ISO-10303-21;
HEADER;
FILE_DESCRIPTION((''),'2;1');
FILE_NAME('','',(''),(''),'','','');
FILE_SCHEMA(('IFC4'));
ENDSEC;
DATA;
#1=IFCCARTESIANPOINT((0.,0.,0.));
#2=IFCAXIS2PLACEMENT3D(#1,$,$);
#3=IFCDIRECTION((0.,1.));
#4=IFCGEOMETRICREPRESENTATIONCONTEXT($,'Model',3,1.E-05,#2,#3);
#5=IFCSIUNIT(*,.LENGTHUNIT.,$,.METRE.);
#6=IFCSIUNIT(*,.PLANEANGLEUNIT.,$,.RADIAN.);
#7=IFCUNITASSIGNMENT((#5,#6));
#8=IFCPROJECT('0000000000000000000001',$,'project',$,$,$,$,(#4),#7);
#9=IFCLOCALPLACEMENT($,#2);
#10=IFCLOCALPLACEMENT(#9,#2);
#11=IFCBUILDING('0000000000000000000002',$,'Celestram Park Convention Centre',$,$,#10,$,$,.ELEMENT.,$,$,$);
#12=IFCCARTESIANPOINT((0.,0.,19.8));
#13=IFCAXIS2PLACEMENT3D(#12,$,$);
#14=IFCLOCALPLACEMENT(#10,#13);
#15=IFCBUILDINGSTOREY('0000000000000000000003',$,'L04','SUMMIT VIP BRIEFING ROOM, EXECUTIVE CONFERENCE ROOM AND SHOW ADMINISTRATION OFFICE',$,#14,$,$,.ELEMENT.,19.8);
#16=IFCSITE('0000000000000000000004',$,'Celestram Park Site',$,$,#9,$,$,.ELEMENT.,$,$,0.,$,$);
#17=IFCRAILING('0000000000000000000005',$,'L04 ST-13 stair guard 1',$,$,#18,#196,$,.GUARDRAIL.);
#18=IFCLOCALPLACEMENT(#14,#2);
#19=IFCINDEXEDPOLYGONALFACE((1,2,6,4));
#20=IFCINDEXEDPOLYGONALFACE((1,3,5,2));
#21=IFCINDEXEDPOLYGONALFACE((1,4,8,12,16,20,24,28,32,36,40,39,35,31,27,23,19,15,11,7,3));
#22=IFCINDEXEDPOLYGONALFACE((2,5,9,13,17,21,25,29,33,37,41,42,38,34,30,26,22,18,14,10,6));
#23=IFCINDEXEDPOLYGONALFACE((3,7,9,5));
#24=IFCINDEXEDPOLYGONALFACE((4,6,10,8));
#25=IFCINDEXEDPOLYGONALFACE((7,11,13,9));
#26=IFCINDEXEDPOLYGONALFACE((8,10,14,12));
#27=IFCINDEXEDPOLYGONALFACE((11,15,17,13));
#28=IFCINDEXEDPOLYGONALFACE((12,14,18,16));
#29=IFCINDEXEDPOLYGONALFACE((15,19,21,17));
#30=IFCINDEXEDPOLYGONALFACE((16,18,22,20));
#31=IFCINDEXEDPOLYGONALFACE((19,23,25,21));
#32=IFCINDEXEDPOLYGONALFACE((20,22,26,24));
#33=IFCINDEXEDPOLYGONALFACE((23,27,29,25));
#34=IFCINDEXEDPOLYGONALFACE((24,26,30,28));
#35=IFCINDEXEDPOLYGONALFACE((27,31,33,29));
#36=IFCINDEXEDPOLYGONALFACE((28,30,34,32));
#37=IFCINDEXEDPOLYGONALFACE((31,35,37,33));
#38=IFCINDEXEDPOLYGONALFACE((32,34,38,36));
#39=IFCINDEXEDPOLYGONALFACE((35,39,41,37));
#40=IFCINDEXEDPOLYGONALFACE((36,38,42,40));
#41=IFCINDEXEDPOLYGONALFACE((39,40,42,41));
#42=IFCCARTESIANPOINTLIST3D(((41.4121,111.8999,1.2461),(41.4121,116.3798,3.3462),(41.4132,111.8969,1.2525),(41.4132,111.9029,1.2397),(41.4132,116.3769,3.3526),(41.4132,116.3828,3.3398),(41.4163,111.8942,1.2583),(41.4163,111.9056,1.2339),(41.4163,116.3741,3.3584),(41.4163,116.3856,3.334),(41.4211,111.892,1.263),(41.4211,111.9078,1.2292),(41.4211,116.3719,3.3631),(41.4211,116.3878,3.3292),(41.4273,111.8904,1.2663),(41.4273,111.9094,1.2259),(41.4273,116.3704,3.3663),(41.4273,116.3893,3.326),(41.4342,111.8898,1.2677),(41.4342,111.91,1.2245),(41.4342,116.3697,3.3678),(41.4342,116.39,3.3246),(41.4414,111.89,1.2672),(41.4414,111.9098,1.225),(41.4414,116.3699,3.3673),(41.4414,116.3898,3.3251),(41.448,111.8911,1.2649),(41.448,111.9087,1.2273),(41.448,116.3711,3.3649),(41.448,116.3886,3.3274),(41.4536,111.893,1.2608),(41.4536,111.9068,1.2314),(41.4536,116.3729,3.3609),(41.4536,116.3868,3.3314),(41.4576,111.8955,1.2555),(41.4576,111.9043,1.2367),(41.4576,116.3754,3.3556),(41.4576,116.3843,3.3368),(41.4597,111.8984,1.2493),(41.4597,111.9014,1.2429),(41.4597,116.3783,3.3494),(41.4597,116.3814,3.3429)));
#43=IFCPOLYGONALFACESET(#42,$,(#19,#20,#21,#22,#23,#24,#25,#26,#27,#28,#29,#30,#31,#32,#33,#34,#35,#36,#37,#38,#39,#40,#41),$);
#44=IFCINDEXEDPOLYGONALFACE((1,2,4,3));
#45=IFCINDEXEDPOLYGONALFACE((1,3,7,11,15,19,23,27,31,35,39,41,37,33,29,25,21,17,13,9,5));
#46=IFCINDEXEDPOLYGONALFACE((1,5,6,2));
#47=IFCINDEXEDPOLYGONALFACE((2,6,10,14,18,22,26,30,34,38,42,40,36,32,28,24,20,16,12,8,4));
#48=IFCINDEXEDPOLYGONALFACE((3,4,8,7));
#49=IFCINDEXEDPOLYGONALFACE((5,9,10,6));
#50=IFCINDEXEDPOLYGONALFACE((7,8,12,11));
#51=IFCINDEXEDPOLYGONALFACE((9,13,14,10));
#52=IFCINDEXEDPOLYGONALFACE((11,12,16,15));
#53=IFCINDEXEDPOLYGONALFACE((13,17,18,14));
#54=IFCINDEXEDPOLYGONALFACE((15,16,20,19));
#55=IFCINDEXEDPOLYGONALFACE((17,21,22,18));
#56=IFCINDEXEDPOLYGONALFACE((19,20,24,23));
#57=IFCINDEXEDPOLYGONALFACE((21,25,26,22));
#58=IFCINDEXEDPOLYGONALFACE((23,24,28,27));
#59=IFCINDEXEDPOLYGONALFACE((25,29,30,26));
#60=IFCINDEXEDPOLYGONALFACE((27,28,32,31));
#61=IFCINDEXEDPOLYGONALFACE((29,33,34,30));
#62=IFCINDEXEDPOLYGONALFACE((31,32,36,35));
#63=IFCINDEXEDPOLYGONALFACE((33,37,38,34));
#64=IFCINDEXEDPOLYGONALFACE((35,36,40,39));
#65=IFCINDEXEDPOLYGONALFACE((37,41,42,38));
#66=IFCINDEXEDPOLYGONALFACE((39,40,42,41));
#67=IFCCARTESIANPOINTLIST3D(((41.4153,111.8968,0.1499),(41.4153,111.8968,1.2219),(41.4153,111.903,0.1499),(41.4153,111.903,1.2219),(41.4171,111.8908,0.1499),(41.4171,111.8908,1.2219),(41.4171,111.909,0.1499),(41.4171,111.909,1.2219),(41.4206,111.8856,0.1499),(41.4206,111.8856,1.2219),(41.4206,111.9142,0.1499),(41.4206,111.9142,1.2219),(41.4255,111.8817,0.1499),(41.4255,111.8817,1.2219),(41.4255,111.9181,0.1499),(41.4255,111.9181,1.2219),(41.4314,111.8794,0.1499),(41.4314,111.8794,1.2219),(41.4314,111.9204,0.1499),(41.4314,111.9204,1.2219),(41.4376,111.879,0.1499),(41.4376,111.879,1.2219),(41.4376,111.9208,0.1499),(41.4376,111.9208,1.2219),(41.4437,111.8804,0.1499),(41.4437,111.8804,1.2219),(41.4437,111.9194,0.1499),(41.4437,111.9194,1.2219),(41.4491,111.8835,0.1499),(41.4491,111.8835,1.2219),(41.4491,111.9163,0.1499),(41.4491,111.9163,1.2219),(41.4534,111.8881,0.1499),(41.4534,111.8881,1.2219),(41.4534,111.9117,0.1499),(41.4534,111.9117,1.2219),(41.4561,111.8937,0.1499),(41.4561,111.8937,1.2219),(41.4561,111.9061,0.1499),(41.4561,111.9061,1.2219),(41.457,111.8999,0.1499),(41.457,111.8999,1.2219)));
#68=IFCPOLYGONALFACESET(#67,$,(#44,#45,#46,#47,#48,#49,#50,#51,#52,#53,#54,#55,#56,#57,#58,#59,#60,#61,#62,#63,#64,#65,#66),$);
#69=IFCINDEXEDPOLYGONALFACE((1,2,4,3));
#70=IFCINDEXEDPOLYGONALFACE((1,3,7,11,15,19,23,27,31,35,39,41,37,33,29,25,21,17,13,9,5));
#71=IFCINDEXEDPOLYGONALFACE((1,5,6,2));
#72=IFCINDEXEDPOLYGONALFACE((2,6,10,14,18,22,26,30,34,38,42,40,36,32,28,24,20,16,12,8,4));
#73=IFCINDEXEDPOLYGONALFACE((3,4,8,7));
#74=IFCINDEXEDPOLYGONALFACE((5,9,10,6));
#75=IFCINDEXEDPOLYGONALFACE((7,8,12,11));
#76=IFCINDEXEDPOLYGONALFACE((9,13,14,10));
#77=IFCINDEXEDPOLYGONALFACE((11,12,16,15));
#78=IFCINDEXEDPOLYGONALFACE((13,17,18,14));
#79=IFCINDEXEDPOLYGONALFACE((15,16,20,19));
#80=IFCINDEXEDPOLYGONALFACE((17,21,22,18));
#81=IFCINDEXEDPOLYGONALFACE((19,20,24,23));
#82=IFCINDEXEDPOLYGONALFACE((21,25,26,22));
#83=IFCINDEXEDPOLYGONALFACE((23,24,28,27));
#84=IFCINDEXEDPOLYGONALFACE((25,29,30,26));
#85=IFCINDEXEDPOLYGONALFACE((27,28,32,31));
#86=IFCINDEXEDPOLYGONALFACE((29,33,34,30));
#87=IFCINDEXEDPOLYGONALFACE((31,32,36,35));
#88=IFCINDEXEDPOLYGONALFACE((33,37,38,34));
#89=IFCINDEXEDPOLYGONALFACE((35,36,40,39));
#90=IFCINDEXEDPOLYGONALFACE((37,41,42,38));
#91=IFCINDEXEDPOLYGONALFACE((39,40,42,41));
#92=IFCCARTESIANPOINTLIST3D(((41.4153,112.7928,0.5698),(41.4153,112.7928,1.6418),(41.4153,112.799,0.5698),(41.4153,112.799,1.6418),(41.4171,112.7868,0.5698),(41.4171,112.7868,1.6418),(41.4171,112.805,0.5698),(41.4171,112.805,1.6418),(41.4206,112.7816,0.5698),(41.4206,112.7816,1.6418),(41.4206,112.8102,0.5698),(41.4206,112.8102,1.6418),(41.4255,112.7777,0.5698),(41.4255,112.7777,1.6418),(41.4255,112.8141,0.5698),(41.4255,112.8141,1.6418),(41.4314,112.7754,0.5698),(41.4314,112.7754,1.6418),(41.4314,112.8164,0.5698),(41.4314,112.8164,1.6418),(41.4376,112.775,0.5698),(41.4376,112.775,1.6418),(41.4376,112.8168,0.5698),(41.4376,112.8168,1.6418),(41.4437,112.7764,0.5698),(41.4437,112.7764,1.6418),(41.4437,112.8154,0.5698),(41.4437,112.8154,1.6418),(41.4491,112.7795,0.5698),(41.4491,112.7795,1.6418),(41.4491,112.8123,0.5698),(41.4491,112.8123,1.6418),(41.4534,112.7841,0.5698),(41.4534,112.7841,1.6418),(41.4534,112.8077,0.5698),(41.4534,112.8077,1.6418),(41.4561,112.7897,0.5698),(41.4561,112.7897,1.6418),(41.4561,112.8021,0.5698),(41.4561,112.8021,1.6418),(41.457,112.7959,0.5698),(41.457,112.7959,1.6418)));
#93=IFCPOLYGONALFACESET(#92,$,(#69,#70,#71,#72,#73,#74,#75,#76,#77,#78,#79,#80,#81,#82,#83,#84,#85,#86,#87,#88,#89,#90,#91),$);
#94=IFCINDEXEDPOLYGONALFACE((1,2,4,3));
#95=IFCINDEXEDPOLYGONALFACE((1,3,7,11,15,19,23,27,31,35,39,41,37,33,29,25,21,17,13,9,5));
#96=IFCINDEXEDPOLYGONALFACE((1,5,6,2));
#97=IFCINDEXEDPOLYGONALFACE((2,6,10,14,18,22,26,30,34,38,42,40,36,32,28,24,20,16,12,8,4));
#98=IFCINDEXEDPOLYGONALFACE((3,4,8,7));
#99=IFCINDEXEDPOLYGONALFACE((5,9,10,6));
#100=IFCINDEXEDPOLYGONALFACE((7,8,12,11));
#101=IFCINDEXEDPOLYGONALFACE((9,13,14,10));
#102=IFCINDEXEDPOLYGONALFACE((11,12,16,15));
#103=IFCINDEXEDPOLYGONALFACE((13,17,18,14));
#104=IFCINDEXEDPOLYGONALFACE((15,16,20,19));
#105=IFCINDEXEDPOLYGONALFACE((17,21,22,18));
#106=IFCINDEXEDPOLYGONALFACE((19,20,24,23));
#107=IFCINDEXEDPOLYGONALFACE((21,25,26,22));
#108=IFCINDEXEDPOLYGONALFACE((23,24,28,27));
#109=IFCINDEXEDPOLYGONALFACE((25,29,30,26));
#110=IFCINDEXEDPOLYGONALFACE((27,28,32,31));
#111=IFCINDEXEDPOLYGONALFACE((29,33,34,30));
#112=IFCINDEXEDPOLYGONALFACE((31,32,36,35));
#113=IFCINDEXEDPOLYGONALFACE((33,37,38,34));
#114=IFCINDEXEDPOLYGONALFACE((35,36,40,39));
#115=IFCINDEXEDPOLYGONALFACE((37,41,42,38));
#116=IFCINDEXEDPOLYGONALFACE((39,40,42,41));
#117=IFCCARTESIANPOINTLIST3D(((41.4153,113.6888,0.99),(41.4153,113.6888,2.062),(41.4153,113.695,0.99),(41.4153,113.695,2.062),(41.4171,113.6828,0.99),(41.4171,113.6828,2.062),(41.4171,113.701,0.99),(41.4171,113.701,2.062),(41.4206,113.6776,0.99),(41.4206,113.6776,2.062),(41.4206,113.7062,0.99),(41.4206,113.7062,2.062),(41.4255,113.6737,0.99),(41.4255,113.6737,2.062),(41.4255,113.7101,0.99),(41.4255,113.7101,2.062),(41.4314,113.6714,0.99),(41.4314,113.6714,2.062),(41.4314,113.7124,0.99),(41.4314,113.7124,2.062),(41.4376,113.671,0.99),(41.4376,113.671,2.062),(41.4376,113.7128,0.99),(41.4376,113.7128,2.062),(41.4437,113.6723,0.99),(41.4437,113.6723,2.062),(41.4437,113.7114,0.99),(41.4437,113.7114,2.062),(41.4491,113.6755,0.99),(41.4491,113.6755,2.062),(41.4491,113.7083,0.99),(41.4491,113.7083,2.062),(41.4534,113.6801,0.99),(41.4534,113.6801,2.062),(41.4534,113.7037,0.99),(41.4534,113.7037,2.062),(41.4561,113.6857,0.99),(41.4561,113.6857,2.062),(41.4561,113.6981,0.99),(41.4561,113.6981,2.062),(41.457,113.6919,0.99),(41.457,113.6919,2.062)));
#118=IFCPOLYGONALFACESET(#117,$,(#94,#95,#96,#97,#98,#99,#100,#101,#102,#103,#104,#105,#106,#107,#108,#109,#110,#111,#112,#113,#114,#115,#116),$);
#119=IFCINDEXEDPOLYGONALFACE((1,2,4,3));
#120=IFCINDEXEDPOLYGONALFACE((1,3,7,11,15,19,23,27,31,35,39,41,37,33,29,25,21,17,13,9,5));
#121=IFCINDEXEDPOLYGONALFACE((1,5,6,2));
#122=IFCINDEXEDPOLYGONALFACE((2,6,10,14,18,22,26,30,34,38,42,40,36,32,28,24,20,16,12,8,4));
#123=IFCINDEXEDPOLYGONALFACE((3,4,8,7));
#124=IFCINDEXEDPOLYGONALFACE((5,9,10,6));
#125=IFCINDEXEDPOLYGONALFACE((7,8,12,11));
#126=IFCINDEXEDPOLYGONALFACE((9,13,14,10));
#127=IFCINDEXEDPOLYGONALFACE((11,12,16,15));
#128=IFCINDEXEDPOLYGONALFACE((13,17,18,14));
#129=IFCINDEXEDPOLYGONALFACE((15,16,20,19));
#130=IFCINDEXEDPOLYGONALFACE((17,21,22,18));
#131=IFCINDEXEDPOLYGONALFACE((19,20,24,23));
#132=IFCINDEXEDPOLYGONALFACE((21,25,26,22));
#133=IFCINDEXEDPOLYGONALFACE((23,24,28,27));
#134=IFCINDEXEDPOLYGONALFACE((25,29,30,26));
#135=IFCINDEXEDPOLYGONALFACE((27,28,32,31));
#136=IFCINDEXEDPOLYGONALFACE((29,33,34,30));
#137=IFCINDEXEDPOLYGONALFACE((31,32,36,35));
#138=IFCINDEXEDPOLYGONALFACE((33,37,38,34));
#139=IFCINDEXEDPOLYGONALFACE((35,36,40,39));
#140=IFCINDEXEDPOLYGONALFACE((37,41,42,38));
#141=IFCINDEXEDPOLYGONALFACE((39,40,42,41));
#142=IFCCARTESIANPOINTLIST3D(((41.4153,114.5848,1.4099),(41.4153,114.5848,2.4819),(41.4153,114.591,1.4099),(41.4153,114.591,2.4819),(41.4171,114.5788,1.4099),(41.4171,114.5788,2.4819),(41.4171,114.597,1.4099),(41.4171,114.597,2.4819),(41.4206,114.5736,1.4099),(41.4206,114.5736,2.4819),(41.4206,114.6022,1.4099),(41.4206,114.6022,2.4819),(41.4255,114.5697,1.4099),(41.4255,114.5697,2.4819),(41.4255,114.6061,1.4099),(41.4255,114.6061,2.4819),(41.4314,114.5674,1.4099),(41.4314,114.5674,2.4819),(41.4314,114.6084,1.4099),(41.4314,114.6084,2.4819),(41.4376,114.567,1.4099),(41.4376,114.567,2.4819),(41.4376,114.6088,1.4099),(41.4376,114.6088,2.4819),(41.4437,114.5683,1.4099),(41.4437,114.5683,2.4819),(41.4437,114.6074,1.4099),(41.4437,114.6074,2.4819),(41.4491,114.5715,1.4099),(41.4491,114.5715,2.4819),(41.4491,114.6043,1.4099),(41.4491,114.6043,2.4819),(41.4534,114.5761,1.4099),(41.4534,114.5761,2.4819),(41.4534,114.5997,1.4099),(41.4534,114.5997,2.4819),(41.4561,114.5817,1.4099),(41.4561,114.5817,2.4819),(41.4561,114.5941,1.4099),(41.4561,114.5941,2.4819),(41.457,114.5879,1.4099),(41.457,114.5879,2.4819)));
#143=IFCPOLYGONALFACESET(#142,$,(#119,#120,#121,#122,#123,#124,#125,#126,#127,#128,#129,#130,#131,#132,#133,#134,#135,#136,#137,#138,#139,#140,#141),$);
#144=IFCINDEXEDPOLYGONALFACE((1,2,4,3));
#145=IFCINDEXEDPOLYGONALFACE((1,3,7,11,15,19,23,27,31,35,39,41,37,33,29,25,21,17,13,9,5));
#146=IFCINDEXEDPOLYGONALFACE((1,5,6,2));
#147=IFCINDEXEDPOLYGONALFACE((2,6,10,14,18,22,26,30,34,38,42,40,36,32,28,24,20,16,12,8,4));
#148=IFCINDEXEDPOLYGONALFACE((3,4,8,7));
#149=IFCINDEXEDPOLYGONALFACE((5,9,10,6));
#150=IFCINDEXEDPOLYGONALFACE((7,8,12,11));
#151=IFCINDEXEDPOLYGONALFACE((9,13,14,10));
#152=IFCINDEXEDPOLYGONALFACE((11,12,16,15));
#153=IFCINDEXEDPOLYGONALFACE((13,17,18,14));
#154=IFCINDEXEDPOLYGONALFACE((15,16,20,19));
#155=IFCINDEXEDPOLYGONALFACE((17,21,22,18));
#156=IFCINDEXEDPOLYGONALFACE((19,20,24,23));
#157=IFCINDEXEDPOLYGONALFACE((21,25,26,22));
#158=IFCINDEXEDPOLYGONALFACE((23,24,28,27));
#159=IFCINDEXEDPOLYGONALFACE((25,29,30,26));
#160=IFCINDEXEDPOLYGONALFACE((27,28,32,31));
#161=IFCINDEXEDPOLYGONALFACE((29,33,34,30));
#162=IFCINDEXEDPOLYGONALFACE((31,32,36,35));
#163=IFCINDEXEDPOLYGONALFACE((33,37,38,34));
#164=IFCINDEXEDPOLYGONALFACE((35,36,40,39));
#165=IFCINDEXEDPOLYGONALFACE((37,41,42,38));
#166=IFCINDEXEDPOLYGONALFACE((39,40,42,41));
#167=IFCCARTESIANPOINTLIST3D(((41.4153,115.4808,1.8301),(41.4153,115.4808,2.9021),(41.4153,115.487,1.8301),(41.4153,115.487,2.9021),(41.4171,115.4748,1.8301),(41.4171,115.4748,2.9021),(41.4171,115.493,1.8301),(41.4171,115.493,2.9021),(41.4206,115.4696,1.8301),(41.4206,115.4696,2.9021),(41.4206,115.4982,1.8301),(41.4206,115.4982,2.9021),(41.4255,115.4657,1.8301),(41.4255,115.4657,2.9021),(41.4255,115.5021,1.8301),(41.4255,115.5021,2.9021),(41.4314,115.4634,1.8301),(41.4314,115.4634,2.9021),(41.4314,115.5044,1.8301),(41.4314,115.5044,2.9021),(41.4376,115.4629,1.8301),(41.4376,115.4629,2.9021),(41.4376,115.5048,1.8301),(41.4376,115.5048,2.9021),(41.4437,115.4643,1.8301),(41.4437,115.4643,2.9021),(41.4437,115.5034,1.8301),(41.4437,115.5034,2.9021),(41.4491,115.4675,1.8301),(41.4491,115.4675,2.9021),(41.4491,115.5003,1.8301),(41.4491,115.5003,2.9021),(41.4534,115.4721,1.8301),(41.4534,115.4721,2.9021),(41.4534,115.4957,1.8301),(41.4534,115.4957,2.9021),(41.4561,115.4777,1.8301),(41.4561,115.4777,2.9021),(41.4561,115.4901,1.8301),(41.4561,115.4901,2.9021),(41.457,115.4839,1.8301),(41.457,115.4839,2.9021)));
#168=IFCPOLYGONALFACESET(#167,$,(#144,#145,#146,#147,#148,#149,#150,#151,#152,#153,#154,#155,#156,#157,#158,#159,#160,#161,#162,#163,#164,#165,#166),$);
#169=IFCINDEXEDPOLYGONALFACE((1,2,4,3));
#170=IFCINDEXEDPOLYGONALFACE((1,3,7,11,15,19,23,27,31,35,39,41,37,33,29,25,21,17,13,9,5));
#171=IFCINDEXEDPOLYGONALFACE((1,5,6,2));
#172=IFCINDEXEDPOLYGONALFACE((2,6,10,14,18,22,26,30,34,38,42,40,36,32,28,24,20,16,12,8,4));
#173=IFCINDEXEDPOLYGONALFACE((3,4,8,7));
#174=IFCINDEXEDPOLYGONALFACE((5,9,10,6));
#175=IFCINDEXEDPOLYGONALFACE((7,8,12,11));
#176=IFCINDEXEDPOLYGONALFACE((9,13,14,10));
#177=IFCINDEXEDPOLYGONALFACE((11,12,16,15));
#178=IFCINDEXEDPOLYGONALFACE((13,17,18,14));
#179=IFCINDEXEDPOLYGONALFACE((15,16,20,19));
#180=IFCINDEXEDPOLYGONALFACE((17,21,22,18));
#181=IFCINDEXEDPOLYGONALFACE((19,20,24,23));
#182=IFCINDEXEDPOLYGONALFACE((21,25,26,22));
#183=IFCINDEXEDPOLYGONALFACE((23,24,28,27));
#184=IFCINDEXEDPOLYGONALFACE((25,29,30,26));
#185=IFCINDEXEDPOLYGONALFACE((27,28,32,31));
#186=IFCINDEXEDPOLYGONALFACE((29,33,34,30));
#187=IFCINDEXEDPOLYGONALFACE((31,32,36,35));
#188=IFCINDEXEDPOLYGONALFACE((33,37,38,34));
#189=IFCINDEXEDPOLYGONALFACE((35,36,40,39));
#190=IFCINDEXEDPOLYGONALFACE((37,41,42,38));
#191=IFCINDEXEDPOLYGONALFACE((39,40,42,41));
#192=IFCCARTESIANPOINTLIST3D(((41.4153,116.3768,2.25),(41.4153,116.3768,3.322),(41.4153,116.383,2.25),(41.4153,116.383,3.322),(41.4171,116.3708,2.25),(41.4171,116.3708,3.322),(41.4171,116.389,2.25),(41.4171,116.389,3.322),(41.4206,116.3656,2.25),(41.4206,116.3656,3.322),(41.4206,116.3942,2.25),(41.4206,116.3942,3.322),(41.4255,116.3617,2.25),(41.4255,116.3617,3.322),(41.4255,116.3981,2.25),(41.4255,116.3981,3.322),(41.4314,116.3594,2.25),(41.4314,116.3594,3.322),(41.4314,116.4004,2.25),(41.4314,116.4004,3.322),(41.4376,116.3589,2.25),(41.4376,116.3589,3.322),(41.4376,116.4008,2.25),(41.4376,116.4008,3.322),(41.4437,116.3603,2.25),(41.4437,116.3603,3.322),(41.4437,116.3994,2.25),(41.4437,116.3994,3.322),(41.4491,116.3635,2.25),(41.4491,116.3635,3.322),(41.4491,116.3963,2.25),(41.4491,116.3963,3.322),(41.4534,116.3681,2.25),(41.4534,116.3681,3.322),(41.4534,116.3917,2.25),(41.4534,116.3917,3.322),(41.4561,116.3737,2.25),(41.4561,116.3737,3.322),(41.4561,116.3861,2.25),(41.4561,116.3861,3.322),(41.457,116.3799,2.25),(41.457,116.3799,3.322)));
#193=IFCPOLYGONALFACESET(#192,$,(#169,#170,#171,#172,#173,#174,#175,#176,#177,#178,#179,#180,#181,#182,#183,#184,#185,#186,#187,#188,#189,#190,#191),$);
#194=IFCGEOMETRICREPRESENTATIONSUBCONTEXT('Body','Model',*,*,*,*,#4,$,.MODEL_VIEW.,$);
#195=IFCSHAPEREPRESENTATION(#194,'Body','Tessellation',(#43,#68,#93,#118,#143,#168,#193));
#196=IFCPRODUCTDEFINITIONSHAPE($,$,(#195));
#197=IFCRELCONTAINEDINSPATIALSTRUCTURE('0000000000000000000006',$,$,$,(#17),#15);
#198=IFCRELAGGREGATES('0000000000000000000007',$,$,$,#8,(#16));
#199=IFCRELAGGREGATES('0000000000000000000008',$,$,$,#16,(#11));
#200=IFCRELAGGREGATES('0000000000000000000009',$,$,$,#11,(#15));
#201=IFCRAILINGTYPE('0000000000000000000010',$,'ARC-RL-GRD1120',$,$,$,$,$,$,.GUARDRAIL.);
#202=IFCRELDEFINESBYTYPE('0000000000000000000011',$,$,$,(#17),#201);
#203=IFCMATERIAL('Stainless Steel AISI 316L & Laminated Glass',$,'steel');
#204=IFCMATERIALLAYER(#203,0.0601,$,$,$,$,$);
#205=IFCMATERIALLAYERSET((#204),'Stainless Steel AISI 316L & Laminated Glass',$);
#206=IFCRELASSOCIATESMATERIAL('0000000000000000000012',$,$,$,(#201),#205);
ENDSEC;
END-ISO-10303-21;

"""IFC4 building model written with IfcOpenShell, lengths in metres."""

from ifc_helpers import new_model, si_unit, direction, frame, origin, origin_2d, place, context, subcontext, project, spatial, circle, extrude, material, layer, layer_set, type_object, element, save


model = new_model("IFC4")

# Units and contexts
model_context = context("Model", 3, precision=1e-05, world=origin(), true_north=direction((0.0, 1.0)))
body_context = subcontext(model_context, "Body", "Model", "MODEL_VIEW")
ifc_project = project(units=[si_unit("LENGTHUNIT", "METRE"), si_unit("PLANEANGLEUNIT", "RADIAN")], contexts=[model_context])

# Site, building, storey
site_placement = place(None, origin())
site = spatial("IfcSite", under=ifc_project, at=site_placement, Name="Celestram Park Site", CompositionType="ELEMENT", RefElevation=0.0)
building_placement = place(site_placement, origin())
building = spatial("IfcBuilding", under=site, at=building_placement, Name="Celestram Park Convention Centre", CompositionType="ELEMENT")
storey_placement = place(building_placement, frame((0.0, 0.0, 19.8)))
storey = spatial("IfcBuildingStorey", under=building, at=storey_placement, Name="L04", Description="SUMMIT VIP BRIEFING ROOM, EXECUTIVE CONFERENCE ROOM AND SHOW ADMINISTRATION OFFICE", CompositionType="ELEMENT", Elevation=19.8)

# Railing
ifc_material_1 = material(Name="Stainless Steel AISI 316L & Laminated Glass", Category="steel")
ifc_layer_1 = layer(ifc_material_1, 0.0601)
ifc_layer_set_1 = layer_set([ifc_layer_1], Name="Stainless Steel AISI 316L & Laminated Glass")
railing_type_1 = type_object("IfcRailingType", Name="ARC-RL-GRD1120", PredefinedType="GUARDRAIL", material=ifc_layer_set_1)
railing_1_placement = place(storey_placement, frame((41.436, 111.8999, 0.1499)))
element("IfcRailing", 1, at=railing_1_placement, inside=storey, type_object=railing_type_1, Name="L04 ST-13 stair guard 1", PredefinedType="GUARDRAIL", context=body_context, shape_type="SweptSolid", body=[
    extrude(circle(Radius=0.0239, at=origin_2d()), frame((0.0, 0.0, 1.0962), z_axis=(0.0, 0.905451, 0.424452), x_axis=(-1.0, 0.0, 0.0)), (0.0, 0.0, 1.0), 4.9478),
    extrude(circle(Radius=0.021, at=origin_2d()), origin(), (0.0, 0.0, 1.0), 1.072),
    extrude(circle(Radius=0.021, at=origin_2d()), frame((0.0, 0.896, 0.4199)), (0.0, 0.0, 1.0), 1.072),
    extrude(circle(Radius=0.021, at=origin_2d()), frame((0.0, 1.792, 0.8401)), (0.0, 0.0, 1.0), 1.072),
    extrude(circle(Radius=0.021, at=origin_2d()), frame((0.0, 2.688, 1.26)), (0.0, 0.0, 1.0), 1.072),
    extrude(circle(Radius=0.021, at=origin_2d()), frame((0.0, 3.584, 1.6802)), (0.0, 0.0, 1.0), 1.072),
    extrude(circle(Radius=0.021, at=origin_2d()), frame((0.0, 4.48, 2.1001)), (0.0, 0.0, 1.0), 1.072),
])

save(model, "model.ifc")
